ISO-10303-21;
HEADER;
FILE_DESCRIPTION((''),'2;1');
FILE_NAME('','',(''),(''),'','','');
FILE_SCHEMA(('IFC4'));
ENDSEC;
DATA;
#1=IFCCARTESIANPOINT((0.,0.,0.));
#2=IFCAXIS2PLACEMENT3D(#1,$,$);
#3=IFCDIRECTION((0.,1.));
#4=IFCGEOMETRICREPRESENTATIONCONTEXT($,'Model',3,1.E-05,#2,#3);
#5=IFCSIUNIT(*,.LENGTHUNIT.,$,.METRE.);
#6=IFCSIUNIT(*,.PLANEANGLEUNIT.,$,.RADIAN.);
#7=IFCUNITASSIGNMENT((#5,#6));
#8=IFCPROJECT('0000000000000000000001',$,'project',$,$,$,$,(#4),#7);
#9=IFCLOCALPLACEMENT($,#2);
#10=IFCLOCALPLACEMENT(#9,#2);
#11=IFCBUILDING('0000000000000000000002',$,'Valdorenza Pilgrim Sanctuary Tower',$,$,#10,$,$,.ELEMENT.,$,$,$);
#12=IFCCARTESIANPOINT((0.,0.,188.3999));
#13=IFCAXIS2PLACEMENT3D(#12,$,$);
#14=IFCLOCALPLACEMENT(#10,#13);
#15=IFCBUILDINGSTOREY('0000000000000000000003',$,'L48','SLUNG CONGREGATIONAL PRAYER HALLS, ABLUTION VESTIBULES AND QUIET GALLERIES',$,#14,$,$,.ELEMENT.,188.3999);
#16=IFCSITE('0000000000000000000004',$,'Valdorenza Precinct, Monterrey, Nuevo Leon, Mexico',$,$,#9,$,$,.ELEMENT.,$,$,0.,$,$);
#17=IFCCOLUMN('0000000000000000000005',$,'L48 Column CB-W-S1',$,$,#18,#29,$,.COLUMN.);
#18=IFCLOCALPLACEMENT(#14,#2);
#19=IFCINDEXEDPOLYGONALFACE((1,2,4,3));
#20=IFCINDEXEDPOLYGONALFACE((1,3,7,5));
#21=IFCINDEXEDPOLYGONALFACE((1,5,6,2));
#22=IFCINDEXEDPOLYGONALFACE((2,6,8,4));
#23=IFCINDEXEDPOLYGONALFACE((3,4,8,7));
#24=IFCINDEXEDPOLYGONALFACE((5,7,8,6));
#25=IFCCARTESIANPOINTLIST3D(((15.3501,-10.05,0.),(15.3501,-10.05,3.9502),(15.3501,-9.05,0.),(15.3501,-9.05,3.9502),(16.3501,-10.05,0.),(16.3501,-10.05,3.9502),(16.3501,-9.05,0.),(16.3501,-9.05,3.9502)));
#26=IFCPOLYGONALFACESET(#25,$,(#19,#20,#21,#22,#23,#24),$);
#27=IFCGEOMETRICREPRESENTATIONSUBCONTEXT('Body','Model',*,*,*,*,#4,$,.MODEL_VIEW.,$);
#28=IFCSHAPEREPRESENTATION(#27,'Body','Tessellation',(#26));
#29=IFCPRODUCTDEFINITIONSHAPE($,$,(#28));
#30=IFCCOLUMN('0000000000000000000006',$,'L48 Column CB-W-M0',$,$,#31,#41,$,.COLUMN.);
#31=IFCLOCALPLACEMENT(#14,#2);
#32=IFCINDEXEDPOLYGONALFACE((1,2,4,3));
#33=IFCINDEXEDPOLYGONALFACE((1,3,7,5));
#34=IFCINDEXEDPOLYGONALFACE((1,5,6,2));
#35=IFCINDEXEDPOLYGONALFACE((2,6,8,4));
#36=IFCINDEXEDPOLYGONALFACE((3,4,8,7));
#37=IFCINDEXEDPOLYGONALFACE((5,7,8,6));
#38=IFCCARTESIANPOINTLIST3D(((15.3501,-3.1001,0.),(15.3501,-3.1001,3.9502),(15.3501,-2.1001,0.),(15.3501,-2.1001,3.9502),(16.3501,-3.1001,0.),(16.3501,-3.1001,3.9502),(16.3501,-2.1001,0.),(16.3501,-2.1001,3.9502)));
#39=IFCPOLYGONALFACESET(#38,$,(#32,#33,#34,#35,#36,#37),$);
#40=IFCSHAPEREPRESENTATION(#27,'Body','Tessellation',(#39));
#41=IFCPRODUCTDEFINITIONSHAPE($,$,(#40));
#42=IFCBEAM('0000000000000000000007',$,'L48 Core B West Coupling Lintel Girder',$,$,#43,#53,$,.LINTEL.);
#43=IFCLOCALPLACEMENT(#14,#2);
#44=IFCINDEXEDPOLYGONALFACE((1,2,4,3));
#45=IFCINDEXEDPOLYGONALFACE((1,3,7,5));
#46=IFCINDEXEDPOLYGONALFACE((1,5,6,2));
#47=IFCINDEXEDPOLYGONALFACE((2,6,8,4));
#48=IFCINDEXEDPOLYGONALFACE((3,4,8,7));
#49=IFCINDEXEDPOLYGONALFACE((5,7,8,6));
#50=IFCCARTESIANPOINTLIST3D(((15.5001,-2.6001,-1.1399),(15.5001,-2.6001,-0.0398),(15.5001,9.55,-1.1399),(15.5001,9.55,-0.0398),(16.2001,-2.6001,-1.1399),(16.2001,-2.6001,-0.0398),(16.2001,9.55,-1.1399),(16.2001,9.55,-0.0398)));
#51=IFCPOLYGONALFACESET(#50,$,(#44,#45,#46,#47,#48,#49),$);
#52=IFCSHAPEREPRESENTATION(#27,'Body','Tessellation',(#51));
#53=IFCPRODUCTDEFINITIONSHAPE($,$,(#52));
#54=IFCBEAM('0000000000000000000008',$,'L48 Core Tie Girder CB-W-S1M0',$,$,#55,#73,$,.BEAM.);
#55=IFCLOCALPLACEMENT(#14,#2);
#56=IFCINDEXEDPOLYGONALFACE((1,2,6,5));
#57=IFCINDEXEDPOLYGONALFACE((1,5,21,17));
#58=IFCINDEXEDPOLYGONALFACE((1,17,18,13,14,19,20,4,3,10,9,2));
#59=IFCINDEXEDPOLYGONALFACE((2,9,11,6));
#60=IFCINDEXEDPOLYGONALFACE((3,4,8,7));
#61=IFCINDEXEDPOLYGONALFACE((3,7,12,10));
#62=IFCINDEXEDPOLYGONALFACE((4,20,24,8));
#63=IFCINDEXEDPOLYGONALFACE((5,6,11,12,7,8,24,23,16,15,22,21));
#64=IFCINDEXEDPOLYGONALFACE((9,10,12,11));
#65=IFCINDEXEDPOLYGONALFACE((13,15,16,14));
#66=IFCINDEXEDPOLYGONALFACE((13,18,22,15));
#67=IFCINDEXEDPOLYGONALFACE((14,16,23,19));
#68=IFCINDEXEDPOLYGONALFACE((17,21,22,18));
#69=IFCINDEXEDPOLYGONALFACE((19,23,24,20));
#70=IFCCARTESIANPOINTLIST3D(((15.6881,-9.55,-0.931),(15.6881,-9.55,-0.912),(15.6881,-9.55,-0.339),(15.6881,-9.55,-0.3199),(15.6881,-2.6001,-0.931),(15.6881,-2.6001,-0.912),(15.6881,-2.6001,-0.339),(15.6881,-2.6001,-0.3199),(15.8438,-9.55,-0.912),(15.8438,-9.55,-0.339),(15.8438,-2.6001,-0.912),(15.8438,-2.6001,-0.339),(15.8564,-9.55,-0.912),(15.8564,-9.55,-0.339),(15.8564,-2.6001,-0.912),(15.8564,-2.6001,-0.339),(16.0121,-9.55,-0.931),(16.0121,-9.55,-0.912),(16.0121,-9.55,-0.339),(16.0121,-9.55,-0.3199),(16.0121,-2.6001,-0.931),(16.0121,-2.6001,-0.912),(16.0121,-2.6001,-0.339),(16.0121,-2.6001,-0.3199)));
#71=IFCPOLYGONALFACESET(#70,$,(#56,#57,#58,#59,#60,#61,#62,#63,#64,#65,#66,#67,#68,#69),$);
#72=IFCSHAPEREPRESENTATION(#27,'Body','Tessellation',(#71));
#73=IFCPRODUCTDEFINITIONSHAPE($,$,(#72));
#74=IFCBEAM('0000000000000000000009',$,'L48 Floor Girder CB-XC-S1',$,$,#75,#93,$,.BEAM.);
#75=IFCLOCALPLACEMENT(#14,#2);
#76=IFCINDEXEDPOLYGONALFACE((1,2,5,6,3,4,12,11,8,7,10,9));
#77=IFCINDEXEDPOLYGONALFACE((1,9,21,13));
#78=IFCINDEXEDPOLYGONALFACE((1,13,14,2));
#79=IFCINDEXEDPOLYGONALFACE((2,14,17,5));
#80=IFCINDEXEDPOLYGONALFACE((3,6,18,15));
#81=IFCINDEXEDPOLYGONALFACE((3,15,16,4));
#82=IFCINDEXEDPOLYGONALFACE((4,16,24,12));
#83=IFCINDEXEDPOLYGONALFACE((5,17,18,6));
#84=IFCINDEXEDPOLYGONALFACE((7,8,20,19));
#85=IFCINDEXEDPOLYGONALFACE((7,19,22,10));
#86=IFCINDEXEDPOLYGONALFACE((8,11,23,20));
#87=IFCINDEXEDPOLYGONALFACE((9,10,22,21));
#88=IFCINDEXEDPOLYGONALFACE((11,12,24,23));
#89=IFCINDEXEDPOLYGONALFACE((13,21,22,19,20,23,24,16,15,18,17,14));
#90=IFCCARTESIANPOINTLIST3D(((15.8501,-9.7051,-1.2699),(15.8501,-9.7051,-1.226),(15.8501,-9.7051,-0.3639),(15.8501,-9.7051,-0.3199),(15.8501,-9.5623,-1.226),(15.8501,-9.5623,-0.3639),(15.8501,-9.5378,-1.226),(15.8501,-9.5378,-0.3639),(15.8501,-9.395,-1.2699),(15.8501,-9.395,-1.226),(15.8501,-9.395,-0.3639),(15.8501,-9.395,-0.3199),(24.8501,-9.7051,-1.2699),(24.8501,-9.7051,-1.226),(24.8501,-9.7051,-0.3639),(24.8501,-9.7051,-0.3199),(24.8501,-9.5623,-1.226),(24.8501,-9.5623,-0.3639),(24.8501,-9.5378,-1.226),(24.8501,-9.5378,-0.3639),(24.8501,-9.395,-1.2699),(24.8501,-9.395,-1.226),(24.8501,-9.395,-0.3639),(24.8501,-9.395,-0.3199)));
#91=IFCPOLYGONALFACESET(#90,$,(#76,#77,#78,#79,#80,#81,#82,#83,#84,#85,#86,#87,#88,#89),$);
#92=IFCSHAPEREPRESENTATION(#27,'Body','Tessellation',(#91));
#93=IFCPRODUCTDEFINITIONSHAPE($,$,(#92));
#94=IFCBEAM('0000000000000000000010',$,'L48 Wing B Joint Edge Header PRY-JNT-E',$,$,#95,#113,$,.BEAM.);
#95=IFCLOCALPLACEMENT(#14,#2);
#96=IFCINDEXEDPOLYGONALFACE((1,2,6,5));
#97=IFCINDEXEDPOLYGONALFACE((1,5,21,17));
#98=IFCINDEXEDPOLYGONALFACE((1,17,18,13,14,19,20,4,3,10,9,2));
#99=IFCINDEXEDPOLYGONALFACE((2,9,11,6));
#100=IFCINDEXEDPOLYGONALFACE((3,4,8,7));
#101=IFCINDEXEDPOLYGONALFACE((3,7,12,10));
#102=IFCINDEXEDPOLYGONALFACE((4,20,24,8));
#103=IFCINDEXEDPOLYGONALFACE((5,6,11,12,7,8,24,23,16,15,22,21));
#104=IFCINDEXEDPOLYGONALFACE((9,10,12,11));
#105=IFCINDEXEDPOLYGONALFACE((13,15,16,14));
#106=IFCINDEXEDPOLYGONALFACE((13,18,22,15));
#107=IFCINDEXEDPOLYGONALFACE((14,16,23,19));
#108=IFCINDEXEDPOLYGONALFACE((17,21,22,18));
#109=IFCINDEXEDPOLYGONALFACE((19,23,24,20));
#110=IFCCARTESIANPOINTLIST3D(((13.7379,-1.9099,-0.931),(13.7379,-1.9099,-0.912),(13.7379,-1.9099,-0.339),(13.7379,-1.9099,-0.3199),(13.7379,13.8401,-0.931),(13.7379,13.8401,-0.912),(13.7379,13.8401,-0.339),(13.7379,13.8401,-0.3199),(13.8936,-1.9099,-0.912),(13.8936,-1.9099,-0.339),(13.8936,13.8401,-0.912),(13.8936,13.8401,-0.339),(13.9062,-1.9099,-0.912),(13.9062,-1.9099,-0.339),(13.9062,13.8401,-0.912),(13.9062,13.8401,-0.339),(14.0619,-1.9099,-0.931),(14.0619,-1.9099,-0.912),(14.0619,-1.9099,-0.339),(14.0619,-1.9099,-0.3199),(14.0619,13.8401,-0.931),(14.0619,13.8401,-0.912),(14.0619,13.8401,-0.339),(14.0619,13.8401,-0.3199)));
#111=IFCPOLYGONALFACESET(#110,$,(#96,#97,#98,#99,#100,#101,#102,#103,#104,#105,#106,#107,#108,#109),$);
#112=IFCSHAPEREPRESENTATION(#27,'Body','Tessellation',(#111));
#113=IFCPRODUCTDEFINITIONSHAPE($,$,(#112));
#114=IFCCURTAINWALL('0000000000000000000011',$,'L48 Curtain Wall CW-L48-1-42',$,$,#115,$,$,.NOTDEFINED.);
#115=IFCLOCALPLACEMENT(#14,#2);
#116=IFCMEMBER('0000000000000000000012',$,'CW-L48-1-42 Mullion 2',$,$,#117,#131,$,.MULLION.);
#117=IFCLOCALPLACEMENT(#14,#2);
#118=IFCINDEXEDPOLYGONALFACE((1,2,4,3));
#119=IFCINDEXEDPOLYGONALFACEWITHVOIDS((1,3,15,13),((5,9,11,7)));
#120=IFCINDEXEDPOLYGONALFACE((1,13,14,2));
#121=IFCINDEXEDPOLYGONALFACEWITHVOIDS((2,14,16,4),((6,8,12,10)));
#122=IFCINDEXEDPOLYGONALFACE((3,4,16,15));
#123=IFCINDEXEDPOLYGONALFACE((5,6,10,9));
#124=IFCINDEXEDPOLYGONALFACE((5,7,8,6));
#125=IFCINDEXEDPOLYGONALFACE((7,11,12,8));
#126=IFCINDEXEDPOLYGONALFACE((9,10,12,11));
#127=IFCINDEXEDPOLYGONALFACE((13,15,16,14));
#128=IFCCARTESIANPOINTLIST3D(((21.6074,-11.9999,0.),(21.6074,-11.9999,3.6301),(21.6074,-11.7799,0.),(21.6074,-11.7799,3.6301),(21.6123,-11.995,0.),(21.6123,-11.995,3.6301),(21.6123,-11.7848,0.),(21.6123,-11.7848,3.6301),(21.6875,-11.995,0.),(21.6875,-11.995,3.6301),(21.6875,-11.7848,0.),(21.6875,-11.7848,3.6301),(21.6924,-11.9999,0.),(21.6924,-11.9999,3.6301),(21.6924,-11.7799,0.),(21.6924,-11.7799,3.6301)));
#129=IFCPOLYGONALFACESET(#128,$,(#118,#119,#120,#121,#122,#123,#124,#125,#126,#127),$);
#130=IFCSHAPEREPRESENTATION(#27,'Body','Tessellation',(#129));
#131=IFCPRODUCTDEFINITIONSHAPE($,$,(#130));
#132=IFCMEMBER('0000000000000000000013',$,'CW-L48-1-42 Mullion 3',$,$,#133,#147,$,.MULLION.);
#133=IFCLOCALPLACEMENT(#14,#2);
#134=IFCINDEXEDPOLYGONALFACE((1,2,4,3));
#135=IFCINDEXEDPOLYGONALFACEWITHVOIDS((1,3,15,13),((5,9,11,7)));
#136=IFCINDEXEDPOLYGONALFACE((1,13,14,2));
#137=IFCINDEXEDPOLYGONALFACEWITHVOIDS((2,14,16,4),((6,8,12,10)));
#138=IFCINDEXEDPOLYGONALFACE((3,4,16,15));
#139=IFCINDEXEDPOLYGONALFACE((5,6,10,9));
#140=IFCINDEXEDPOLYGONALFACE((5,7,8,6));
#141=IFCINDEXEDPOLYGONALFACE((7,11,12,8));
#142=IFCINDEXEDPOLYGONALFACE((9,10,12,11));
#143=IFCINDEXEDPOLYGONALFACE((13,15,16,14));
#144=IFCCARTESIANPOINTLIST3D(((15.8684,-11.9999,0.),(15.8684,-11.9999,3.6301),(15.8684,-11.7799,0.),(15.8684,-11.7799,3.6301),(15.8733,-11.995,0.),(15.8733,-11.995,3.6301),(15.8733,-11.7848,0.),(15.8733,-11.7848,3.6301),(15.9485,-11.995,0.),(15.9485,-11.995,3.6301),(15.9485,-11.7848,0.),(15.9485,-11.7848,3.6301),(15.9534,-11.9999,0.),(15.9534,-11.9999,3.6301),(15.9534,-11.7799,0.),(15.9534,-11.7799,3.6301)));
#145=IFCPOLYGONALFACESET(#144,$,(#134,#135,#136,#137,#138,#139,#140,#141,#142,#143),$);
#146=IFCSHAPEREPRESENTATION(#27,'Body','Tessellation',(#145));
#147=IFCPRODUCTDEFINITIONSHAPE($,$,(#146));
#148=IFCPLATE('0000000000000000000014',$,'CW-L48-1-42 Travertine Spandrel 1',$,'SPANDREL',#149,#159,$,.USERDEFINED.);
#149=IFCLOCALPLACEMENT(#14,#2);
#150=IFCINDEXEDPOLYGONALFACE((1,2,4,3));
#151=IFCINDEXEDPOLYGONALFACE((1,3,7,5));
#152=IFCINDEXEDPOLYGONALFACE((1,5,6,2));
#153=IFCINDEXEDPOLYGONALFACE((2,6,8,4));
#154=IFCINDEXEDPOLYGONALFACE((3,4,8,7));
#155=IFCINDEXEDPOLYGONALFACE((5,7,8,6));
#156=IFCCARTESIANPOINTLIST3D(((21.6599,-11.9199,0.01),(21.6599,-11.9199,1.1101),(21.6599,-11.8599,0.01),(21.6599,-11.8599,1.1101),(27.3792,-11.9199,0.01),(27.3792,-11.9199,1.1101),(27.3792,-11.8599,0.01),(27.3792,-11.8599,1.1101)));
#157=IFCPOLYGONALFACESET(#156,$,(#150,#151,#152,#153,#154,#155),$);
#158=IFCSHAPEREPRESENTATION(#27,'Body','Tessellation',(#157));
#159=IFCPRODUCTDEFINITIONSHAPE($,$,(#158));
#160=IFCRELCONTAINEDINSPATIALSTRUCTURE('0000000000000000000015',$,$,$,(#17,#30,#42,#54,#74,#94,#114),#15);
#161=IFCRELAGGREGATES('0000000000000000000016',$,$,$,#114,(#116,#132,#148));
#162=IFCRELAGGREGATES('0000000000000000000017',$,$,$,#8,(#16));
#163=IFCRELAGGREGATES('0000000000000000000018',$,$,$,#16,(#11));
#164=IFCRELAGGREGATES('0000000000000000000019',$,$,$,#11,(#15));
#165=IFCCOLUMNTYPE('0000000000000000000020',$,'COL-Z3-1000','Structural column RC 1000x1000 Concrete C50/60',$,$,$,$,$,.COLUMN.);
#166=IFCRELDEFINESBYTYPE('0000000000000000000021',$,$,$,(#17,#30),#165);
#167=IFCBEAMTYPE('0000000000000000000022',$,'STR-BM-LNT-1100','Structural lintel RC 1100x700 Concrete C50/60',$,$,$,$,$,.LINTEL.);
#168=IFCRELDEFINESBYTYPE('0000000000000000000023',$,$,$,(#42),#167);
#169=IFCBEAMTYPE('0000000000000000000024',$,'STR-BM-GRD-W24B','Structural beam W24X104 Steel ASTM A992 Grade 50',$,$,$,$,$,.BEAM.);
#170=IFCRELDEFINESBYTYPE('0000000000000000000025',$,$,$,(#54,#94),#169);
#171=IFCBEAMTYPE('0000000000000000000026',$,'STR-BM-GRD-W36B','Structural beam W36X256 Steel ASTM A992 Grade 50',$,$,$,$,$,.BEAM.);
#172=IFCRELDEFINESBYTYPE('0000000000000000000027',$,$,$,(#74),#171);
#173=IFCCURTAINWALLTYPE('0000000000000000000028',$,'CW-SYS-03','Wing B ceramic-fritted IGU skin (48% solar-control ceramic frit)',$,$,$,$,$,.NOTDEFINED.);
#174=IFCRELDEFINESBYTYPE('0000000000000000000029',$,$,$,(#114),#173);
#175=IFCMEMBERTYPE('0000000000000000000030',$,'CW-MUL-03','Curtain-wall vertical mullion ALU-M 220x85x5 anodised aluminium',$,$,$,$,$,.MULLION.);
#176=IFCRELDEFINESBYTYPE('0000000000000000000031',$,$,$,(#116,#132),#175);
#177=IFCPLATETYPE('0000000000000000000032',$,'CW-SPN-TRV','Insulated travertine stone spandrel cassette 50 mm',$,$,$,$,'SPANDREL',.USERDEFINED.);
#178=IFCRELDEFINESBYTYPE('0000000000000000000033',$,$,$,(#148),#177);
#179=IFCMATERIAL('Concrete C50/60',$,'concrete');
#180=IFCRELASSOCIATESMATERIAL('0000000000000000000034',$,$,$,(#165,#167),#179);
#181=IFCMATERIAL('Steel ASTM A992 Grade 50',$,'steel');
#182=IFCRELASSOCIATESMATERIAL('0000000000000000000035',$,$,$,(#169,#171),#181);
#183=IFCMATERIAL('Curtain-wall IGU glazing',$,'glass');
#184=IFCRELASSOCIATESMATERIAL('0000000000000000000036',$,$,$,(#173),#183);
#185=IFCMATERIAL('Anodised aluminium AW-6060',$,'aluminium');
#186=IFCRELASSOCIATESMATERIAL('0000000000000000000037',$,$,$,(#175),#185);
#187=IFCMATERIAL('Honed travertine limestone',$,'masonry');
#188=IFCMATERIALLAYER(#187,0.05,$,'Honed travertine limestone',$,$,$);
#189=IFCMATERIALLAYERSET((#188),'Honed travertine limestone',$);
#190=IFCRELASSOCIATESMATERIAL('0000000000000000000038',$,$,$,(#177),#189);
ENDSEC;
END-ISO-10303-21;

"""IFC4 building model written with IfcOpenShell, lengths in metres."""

from ifc_helpers import new_model, si_unit, direction, frame, origin, origin_2d, place, context, subcontext, project, spatial, rectangle, hollow_rectangle, i_section, extrude, source, transform, mapped, material, layer, layer_set, material_profile, profile_set, type_object, element, aggregate, save


model = new_model("IFC4")

# Units and contexts
model_context = context("Model", 3, precision=1e-05, world=origin(), true_north=direction((0.0, 1.0)))
body_context = subcontext(model_context, "Body", "Model", "MODEL_VIEW")
ifc_project = project(units=[si_unit("LENGTHUNIT", "METRE"), si_unit("PLANEANGLEUNIT", "RADIAN")], contexts=[model_context])

# Site, building, storey
site_placement = place(None, origin())
site = spatial("IfcSite", under=ifc_project, at=site_placement, Name="Valdorenza Precinct, Monterrey, Nuevo Leon, Mexico", CompositionType="ELEMENT", RefElevation=0.0)
building_placement = place(site_placement, origin())
building = spatial("IfcBuilding", under=site, at=building_placement, Name="Valdorenza Pilgrim Sanctuary Tower", CompositionType="ELEMENT")
storey_placement = place(building_placement, frame((0.0, 0.0, 188.3999)))
storey = spatial("IfcBuildingStorey", under=building, at=storey_placement, Name="L48", Description="SLUNG CONGREGATIONAL PRAYER HALLS, ABLUTION VESTIBULES AND QUIET GALLERIES", CompositionType="ELEMENT", Elevation=188.3999)

# Columns
ifc_material_1 = material(Name="Concrete C50/60", Category="concrete")
ifc_material_profile_1 = material_profile(ifc_material_1, rectangle(XDim=1.0, YDim=1.0, at=origin_2d()), Name="RC 1000x1000")
ifc_profile_set_1 = profile_set([ifc_material_profile_1], Name="Concrete C50/60")
column_type = type_object("IfcColumnType", Name="COL-Z3-1000", Description="Structural column RC 1000x1000 Concrete C50/60", PredefinedType="COLUMN", material=ifc_profile_set_1)
shared_shape_1 = source(origin(), body_context, "Body", "SweptSolid", [
    extrude(rectangle(XDim=1.0, YDim=1.0, at=origin_2d()), origin(), (0.0, 0.0, 1.0), 3.9502),
])
for number, where, z_axis, x_axis, name in (
    (1, (15.8501, -9.55, 0.0), (0.0, 0.0, 1.0), (1.0, 0.0, 0.0), "L48 Column CB-W-S1"),
    (2, (15.8501, -2.6001, 0.0), (0.0, 0.0, 1.0), (1.0, 0.0, 0.0), "L48 Column CB-W-M0"),
):
    element("IfcColumn", number, at=place(storey_placement, frame(where, z_axis=z_axis, x_axis=x_axis)), inside=storey, type_object=column_type, Name=name, PredefinedType="COLUMN", context=body_context, shape_type="MappedRepresentation", body=[
        mapped(shared_shape_1, transform((0.0, 0.0, 0.0), x_axis=(1.0, 0.0, 0.0), y_axis=(0.0, 1.0, 0.0), z_axis=(0.0, 0.0, 1.0), scale=1.0)),
    ])

# Beams
ifc_material_profile_2 = material_profile(ifc_material_1, rectangle(XDim=0.7, YDim=1.1001, at=origin_2d()), Name="RC 1100x700")
ifc_profile_set_2 = profile_set([ifc_material_profile_2], Name="Concrete C50/60")
beam_type_1 = type_object("IfcBeamType", Name="STR-BM-LNT-1100", Description="Structural lintel RC 1100x700 Concrete C50/60", PredefinedType="LINTEL", material=ifc_profile_set_2)
shared_shape_2 = source(origin(), body_context, "Body", "SweptSolid", [
    extrude(rectangle(XDim=0.7, YDim=1.1001, at=origin_2d()), origin(), (0.0, 0.0, 1.0), 12.1501),
])
beam_1_placement = place(storey_placement, frame((15.8501, -2.6001, -0.5898), z_axis=(0.0, 1.0, 0.0), x_axis=(-1.0, 0.0, 0.0)))
element("IfcBeam", 3, at=beam_1_placement, inside=storey, type_object=beam_type_1, Name="L48 Core B West Coupling Lintel Girder", PredefinedType="LINTEL", context=body_context, shape_type="MappedRepresentation", body=[
    mapped(shared_shape_2, transform((0.0, 0.0, 0.0), x_axis=(1.0, 0.0, 0.0), y_axis=(0.0, 1.0, 0.0), z_axis=(0.0, 0.0, 1.0), scale=1.0)),
])
ifc_material_2 = material(Name="Steel ASTM A992 Grade 50", Category="steel")
ifc_material_profile_3 = material_profile(ifc_material_2, i_section(OverallWidth=0.324, OverallDepth=0.6111, WebThickness=0.0127, FlangeThickness=0.019, at=origin_2d()), Name="W24X104")
ifc_profile_set_3 = profile_set([ifc_material_profile_3], Name="Steel ASTM A992 Grade 50")
beam_type_2 = type_object("IfcBeamType", Name="STR-BM-GRD-W24B", Description="Structural beam W24X104 Steel ASTM A992 Grade 50", PredefinedType="BEAM", material=ifc_profile_set_3)
shared_shape_3 = source(origin(), body_context, "Body", "SweptSolid", [
    extrude(i_section(OverallWidth=0.324, OverallDepth=0.6111, WebThickness=0.0127, FlangeThickness=0.019, at=origin_2d()), origin(), (0.0, 0.0, 1.0), 6.95),
])
beam_2_placement = place(storey_placement, frame((15.8501, -9.55, -0.6255), z_axis=(0.0, 1.0, 0.0), x_axis=(-1.0, 0.0, 0.0)))
element("IfcBeam", 4, at=beam_2_placement, inside=storey, type_object=beam_type_2, Name="L48 Core Tie Girder CB-W-S1M0", PredefinedType="BEAM", context=body_context, shape_type="MappedRepresentation", body=[
    mapped(shared_shape_3, transform((0.0, 0.0, 0.0), x_axis=(1.0, 0.0, 0.0), y_axis=(0.0, 1.0, 0.0), z_axis=(0.0, 0.0, 1.0), scale=1.0)),
])
ifc_material_profile_4 = material_profile(ifc_material_2, i_section(OverallWidth=0.3101, OverallDepth=0.95, WebThickness=0.0244, FlangeThickness=0.0439, at=origin_2d()), Name="W36X256")
ifc_profile_set_4 = profile_set([ifc_material_profile_4], Name="Steel ASTM A992 Grade 50")
beam_type_3 = type_object("IfcBeamType", Name="STR-BM-GRD-W36B", Description="Structural beam W36X256 Steel ASTM A992 Grade 50", PredefinedType="BEAM", material=ifc_profile_set_4)
shared_shape_4 = source(origin(), body_context, "Body", "SweptSolid", [
    extrude(i_section(OverallWidth=0.3101, OverallDepth=0.95, WebThickness=0.0244, FlangeThickness=0.0439, at=origin_2d()), origin(), (0.0, 0.0, 1.0), 9.0),
])
beam_3_placement = place(storey_placement, frame((15.8501, -9.55, -0.7949), z_axis=(1.0, 0.0, 0.0), x_axis=(0.0, 1.0, 0.0)))
element("IfcBeam", 5, at=beam_3_placement, inside=storey, type_object=beam_type_3, Name="L48 Floor Girder CB-XC-S1", PredefinedType="BEAM", context=body_context, shape_type="MappedRepresentation", body=[
    mapped(shared_shape_4, transform((0.0, 0.0, 0.0), x_axis=(1.0, 0.0, 0.0), y_axis=(0.0, 1.0, 0.0), z_axis=(0.0, 0.0, 1.0), scale=1.0)),
])
shared_shape_5 = source(origin(), body_context, "Body", "SweptSolid", [
    extrude(i_section(OverallWidth=0.324, OverallDepth=0.6111, WebThickness=0.0127, FlangeThickness=0.019, at=origin_2d()), origin(), (0.0, 0.0, 1.0), 15.75),
])
beam_4_placement = place(storey_placement, frame((13.8999, -1.9099, -0.6255), z_axis=(0.0, 1.0, 0.0), x_axis=(-1.0, 0.0, 0.0)))
element("IfcBeam", 6, at=beam_4_placement, inside=storey, type_object=beam_type_2, Name="L48 Wing B Joint Edge Header PRY-JNT-E", PredefinedType="BEAM", context=body_context, shape_type="MappedRepresentation", body=[
    mapped(shared_shape_5, transform((0.0, 0.0, 0.0), x_axis=(1.0, 0.0, 0.0), y_axis=(0.0, 1.0, 0.0), z_axis=(0.0, 0.0, 1.0), scale=1.0)),
])

# Curtain wall, members, plate
ifc_material_3 = material(Name="Curtain-wall IGU glazing", Category="glass")
curtain_wall_type = type_object("IfcCurtainWallType", Name="CW-SYS-03", Description="Wing B ceramic-fritted IGU skin (48% solar-control ceramic frit)", PredefinedType="NOTDEFINED", material=ifc_material_3)
curtain_wall_placement = place(storey_placement, origin())
curtain_wall = element("IfcCurtainWall", 7, at=curtain_wall_placement, inside=storey, type_object=curtain_wall_type, Name="L48 Curtain Wall CW-L48-1-42", PredefinedType="NOTDEFINED")
ifc_material_4 = material(Name="Anodised aluminium AW-6060", Category="aluminium")
ifc_material_profile_5 = material_profile(ifc_material_4, hollow_rectangle(XDim=0.085, YDim=0.22, WallThickness=0.0049, at=origin_2d()), Name="ALU-M 220x85x5")
ifc_profile_set_5 = profile_set([ifc_material_profile_5], Name="Anodised aluminium AW-6060")
member_type = type_object("IfcMemberType", Name="CW-MUL-03", Description="Curtain-wall vertical mullion ALU-M 220x85x5 anodised aluminium", PredefinedType="MULLION", material=ifc_profile_set_5)
shared_shape_6 = source(origin(), body_context, "Body", "SweptSolid", [
    extrude(hollow_rectangle(XDim=0.085, YDim=0.22, WallThickness=0.0049, at=origin_2d()), origin(), (0.0, 0.0, 1.0), 3.6301),
])
member_1_placement = place(storey_placement, frame((21.6499, -11.8899, 0.0), z_axis=(0.0, 0.0, 1.0), x_axis=(-1.0, 0.0, 0.0)))
member_1 = element("IfcMember", 8, at=member_1_placement, type_object=member_type, Name="CW-L48-1-42 Mullion 2", PredefinedType="MULLION", context=body_context, shape_type="MappedRepresentation", body=[
    mapped(shared_shape_6, transform((0.0, 0.0, 0.0), x_axis=(1.0, 0.0, 0.0), y_axis=(0.0, 1.0, 0.0), z_axis=(0.0, 0.0, 1.0), scale=1.0)),
])
member_2_placement = place(storey_placement, frame((15.9109, -11.8899, 0.0), z_axis=(0.0, 0.0, 1.0), x_axis=(-1.0, 0.0, 0.0)))
member_2 = element("IfcMember", 9, at=member_2_placement, type_object=member_type, Name="CW-L48-1-42 Mullion 3", PredefinedType="MULLION", context=body_context, shape_type="MappedRepresentation", body=[
    mapped(shared_shape_6, transform((0.0, 0.0, 0.0), x_axis=(1.0, 0.0, 0.0), y_axis=(0.0, 1.0, 0.0), z_axis=(0.0, 0.0, 1.0), scale=1.0)),
])
ifc_material_5 = material(Name="Honed travertine limestone", Category="masonry")
ifc_layer_1 = layer(ifc_material_5, 0.05, Name="Honed travertine limestone")
ifc_layer_set_1 = layer_set([ifc_layer_1], Name="Honed travertine limestone")
plate_type_1 = type_object("IfcPlateType", Name="CW-SPN-TRV", Description="Insulated travertine stone spandrel cassette 50 mm", ElementType="SPANDREL", PredefinedType="USERDEFINED", material=ifc_layer_set_1)
shared_shape_7 = source(origin(), body_context, "Body", "SweptSolid", [
    extrude(rectangle(XDim=5.7192, YDim=0.0601, at=origin_2d()), origin(), (0.0, 0.0, 1.0), 1.1001),
])
plate_1_placement = place(storey_placement, frame((24.5195, -11.8899, 0.01), z_axis=(0.0, 0.0, 1.0), x_axis=(-1.0, 0.0, 0.0)))
plate_1 = element("IfcPlate", 10, at=plate_1_placement, type_object=plate_type_1, Name="CW-L48-1-42 Travertine Spandrel 1", ObjectType="SPANDREL", PredefinedType="USERDEFINED", context=body_context, shape_type="MappedRepresentation", body=[
    mapped(shared_shape_7, transform((0.0, 0.0, 0.0), x_axis=(1.0, 0.0, 0.0), y_axis=(0.0, 1.0, 0.0), z_axis=(0.0, 0.0, 1.0), scale=1.0)),
])
aggregate(curtain_wall, [member_1, member_2, plate_1])

save(model, "model.ifc")
